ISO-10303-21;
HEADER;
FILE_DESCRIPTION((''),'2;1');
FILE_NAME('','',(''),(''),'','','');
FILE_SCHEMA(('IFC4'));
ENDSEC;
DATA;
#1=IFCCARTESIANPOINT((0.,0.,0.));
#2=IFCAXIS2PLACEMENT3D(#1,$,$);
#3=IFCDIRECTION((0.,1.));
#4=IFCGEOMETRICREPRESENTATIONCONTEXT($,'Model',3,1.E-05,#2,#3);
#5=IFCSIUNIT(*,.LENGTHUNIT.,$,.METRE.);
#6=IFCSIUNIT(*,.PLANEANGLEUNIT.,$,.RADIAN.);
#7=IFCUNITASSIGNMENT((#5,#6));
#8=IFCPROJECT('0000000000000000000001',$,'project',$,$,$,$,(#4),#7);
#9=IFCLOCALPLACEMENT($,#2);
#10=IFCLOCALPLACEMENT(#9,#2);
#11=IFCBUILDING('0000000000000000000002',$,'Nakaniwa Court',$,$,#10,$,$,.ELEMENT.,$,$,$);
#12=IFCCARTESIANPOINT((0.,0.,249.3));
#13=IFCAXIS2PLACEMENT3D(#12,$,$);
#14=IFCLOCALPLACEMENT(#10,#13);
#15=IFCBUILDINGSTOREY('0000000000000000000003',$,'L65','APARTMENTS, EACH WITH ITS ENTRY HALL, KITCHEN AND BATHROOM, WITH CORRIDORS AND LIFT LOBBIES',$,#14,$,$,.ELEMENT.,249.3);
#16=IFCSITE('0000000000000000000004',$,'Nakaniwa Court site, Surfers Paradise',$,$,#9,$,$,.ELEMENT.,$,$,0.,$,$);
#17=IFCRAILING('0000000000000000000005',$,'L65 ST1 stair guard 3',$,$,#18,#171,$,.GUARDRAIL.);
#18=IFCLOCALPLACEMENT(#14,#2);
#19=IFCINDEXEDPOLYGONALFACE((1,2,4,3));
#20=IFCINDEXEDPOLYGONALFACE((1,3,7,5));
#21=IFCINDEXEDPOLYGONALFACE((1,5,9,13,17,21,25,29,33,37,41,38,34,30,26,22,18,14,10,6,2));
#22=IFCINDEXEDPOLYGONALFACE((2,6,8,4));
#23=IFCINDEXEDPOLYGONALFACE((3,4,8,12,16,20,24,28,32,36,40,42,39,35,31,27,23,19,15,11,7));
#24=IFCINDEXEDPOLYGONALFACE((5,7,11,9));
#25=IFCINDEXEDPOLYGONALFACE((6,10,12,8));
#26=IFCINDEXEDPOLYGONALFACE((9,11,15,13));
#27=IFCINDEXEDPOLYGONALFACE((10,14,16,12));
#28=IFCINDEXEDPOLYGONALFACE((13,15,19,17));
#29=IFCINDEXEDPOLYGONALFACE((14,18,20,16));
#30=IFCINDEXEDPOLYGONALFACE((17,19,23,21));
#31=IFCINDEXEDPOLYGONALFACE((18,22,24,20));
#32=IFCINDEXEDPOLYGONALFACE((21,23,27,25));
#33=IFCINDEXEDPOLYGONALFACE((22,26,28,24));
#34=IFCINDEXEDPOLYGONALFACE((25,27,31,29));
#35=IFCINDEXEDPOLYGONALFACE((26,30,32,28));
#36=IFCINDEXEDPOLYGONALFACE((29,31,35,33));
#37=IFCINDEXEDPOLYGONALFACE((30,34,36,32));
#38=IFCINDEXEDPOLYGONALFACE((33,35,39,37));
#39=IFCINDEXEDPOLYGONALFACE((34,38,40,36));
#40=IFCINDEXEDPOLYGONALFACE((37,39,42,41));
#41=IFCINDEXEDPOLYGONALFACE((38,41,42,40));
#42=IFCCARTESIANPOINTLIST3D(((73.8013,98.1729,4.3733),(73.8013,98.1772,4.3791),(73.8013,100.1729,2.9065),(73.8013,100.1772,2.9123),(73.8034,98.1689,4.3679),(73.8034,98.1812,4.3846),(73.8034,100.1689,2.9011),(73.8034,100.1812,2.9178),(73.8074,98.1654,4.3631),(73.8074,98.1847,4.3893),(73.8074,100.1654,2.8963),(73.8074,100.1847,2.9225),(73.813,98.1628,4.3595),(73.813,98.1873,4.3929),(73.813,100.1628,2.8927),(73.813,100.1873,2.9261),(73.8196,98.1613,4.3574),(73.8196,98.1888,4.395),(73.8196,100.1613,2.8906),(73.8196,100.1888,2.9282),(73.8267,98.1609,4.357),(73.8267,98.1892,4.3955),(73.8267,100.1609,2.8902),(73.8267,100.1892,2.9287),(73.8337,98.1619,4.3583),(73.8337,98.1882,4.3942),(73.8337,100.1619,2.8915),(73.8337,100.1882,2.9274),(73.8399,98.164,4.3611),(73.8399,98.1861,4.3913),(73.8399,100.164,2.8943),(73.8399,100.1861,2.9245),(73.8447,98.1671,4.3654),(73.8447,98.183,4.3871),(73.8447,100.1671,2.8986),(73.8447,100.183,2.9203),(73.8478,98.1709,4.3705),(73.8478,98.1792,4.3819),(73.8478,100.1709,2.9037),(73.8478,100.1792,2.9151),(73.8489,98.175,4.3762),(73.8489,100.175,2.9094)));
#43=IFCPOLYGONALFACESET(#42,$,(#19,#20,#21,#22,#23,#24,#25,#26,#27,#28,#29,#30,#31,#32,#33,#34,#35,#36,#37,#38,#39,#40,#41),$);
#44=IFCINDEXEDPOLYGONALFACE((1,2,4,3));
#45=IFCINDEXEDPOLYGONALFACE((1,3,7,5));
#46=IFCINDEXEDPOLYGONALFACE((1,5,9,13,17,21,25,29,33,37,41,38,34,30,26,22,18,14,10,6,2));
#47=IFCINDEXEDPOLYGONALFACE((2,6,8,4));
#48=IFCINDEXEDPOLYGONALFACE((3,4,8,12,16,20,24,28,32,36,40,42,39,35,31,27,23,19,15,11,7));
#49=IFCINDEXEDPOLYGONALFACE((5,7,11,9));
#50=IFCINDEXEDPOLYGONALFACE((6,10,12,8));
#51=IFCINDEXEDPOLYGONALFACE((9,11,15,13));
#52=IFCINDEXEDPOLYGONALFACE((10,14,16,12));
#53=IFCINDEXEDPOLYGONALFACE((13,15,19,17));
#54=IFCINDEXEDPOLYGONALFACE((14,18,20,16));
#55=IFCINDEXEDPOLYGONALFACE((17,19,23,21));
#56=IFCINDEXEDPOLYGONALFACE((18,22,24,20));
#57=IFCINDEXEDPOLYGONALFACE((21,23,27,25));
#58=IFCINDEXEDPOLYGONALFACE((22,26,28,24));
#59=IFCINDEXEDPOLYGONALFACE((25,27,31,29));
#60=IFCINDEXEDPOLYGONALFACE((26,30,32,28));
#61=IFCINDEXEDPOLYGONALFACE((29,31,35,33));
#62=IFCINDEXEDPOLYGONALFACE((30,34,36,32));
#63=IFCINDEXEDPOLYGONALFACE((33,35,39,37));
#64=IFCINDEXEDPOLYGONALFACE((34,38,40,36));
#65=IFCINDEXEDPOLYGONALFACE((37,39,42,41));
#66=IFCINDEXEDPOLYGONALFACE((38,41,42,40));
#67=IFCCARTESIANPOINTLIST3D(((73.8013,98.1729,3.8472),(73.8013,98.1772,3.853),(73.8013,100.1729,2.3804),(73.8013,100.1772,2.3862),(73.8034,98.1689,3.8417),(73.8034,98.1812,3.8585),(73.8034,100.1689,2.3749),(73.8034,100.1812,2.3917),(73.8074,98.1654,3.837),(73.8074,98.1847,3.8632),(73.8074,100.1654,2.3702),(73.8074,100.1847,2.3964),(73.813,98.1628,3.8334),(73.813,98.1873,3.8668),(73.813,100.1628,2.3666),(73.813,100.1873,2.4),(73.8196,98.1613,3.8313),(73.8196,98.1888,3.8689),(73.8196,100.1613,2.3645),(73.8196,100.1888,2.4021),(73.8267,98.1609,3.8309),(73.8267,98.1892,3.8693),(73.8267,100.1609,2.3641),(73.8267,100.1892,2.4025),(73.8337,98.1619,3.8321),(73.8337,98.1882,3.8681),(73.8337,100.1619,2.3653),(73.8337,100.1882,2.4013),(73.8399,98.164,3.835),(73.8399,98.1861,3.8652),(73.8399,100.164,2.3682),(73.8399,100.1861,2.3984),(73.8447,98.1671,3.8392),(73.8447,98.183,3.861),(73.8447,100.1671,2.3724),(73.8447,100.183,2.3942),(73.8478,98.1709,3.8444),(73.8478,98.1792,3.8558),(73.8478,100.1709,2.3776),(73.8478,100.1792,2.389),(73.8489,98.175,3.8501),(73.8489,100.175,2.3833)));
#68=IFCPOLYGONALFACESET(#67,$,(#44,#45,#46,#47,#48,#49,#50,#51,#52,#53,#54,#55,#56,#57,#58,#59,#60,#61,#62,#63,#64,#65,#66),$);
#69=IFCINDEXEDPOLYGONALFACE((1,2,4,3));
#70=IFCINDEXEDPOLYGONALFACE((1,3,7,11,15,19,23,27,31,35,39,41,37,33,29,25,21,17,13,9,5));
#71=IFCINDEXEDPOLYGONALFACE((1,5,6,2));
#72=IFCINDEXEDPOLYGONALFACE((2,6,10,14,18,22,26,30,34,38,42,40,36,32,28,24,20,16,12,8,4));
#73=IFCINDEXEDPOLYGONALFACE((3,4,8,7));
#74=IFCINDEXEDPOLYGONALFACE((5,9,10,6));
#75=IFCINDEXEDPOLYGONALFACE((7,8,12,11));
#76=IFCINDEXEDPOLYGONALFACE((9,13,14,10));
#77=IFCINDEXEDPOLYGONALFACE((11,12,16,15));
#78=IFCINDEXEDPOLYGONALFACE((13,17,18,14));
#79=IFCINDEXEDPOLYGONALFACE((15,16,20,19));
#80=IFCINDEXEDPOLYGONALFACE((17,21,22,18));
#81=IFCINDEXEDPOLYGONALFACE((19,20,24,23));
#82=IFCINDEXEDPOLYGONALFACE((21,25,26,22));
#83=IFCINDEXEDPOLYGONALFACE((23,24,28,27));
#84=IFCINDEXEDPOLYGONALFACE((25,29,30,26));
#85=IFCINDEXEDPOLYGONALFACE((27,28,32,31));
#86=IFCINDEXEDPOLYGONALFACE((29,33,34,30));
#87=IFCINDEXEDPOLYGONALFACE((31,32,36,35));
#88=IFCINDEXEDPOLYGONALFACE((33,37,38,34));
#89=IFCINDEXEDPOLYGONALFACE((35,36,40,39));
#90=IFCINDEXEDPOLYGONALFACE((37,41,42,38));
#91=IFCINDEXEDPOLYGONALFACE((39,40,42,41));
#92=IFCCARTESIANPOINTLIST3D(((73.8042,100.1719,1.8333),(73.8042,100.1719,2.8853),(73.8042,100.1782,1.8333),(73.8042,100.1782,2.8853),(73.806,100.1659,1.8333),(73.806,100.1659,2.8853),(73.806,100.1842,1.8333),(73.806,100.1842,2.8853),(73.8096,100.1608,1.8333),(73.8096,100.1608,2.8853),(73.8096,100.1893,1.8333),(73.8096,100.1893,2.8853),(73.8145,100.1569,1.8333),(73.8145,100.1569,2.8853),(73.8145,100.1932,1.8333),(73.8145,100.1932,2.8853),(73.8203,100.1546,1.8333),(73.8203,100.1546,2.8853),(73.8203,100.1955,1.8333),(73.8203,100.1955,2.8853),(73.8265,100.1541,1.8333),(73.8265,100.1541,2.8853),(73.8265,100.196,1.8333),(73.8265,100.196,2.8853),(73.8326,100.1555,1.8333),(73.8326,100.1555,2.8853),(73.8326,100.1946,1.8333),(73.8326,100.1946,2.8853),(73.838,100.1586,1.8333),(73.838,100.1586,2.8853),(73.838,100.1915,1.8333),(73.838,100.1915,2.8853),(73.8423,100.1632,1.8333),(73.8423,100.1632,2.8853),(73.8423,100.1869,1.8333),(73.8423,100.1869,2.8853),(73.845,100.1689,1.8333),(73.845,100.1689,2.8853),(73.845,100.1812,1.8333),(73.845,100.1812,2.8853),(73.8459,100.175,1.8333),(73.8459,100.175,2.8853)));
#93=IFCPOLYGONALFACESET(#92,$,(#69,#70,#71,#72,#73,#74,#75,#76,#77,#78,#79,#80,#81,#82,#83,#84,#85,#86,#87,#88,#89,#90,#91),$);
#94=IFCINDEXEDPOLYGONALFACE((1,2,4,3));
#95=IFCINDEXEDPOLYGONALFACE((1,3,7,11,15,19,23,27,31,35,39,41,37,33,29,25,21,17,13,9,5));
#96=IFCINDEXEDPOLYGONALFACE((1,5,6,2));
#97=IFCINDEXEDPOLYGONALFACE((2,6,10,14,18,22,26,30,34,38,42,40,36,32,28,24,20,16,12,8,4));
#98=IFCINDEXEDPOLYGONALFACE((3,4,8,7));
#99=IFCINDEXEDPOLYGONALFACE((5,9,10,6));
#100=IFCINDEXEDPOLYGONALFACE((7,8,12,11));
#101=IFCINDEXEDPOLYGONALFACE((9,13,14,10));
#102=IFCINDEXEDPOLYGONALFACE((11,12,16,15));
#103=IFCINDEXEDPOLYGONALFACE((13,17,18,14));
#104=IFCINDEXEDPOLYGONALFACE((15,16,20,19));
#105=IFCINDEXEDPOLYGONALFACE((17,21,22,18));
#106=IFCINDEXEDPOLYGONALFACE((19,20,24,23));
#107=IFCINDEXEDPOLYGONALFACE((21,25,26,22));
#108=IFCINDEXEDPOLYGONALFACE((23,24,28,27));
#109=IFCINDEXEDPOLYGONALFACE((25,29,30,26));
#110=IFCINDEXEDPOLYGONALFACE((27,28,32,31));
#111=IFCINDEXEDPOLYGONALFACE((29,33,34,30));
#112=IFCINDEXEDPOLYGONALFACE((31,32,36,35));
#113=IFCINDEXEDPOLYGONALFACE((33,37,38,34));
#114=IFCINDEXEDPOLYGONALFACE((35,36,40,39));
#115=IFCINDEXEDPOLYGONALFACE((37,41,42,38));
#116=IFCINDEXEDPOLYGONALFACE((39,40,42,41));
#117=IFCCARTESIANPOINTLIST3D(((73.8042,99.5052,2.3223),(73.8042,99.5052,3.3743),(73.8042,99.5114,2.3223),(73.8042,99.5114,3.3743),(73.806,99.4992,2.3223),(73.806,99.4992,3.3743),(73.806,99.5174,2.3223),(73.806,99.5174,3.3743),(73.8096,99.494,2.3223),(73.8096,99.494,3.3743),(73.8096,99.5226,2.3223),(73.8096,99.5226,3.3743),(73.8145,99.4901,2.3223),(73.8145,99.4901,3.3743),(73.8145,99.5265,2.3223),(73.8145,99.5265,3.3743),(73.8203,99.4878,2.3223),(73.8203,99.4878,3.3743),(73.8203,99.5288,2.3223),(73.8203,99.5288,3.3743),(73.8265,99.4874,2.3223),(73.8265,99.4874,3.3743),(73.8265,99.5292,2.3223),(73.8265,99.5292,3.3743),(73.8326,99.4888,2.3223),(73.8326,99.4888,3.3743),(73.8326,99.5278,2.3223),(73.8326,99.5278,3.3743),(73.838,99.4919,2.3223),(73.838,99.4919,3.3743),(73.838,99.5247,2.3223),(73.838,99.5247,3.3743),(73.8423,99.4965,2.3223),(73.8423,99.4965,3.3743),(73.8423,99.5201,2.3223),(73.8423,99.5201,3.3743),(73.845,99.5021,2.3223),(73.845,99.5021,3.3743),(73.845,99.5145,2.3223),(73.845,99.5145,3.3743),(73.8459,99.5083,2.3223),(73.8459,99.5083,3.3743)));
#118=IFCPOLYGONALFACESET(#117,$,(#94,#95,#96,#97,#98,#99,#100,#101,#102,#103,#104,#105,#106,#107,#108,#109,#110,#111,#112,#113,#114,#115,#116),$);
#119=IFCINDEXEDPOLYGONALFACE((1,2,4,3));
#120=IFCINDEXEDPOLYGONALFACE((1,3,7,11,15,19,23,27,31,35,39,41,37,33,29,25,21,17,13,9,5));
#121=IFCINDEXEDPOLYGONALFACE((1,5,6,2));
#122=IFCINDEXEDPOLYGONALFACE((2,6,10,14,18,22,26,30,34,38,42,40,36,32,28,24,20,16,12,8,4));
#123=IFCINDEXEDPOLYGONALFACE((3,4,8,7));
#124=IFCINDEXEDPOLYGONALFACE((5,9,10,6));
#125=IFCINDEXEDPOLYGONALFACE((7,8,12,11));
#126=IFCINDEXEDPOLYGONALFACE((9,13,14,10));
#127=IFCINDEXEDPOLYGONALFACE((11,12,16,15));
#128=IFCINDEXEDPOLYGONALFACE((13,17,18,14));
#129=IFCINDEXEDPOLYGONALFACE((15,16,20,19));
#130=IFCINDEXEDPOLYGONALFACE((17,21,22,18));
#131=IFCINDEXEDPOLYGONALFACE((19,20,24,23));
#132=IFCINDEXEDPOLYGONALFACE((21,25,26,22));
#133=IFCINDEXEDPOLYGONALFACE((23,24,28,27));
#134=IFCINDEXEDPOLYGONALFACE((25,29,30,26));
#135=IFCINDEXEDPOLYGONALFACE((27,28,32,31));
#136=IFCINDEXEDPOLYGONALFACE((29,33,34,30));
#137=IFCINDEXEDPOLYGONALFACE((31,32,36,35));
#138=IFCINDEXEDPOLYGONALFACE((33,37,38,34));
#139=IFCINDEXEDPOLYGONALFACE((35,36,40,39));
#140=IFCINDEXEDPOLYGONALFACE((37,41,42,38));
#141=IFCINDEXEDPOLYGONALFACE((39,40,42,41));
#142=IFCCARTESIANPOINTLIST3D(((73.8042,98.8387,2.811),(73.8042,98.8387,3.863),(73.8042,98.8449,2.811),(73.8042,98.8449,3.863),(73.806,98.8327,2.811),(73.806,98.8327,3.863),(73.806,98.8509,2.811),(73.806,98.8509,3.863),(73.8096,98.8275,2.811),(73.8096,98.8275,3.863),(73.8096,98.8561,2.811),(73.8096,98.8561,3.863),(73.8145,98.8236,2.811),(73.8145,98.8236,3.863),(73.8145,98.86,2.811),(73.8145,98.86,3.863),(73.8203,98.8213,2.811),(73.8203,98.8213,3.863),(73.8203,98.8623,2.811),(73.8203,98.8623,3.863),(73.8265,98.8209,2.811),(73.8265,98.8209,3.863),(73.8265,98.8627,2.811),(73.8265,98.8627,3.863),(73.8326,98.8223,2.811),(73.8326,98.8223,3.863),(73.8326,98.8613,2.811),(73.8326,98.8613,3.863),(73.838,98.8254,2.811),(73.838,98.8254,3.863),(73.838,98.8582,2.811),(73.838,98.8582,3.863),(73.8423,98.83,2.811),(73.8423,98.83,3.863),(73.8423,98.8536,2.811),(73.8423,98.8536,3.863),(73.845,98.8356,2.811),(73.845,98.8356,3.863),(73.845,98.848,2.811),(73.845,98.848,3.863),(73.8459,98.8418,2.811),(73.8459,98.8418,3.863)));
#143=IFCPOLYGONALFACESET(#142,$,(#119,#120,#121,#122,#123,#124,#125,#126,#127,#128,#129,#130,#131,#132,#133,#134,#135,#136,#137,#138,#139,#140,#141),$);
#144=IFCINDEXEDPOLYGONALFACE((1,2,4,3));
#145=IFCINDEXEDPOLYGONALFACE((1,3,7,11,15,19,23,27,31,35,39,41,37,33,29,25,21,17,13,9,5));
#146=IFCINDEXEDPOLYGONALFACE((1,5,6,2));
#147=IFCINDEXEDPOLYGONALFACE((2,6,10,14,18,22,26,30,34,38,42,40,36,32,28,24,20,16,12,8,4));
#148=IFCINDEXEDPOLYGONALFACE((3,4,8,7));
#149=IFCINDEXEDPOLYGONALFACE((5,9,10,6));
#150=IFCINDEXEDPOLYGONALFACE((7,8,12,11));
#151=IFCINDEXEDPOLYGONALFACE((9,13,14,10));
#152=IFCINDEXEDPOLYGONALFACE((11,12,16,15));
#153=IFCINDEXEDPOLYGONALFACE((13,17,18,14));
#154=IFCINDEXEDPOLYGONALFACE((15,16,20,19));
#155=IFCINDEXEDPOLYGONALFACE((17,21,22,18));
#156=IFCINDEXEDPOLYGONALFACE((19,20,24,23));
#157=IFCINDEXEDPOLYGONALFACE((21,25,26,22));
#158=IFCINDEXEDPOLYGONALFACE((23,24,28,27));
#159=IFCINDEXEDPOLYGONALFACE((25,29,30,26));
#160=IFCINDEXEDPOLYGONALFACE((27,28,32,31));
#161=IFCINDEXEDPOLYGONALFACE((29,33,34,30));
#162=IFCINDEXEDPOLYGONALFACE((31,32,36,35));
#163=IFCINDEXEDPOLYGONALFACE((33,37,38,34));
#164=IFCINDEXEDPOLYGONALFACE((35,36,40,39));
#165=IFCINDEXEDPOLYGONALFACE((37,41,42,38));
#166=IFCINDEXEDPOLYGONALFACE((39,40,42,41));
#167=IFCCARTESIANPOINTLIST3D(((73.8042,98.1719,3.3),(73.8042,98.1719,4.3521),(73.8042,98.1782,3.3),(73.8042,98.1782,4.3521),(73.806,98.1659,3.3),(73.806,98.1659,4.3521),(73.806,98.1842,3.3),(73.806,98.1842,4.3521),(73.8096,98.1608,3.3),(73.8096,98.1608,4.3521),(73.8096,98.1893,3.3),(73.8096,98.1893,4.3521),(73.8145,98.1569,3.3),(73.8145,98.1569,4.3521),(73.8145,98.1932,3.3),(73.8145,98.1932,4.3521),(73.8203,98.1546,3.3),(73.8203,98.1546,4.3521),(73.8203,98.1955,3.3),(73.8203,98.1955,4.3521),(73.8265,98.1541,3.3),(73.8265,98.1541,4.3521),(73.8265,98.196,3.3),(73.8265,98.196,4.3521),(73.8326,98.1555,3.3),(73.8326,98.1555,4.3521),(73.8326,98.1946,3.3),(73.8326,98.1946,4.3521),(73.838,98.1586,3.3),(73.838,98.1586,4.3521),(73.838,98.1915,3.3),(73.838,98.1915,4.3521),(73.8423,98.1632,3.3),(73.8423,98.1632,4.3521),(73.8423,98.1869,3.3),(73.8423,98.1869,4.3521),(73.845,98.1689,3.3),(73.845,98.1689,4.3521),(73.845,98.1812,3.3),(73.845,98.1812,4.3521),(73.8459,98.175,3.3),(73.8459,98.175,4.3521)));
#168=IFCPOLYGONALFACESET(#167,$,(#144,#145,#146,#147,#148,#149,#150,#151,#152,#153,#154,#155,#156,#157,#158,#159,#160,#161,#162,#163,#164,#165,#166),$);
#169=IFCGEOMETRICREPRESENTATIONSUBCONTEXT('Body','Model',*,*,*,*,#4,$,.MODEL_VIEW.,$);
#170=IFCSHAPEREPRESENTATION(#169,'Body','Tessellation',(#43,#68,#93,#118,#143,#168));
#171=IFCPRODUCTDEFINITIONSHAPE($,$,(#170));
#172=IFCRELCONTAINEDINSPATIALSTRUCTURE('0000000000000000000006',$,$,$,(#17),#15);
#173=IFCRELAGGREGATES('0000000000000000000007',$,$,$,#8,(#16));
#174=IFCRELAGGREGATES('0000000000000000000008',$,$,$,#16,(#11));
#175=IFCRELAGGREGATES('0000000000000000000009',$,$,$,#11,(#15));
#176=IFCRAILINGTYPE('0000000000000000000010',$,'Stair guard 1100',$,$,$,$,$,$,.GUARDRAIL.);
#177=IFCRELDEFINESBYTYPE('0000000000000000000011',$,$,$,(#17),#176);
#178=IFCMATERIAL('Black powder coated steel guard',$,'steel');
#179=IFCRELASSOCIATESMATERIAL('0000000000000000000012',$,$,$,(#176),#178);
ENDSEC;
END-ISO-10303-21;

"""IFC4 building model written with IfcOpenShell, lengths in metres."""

from ifc_helpers import new_model, si_unit, direction, frame, origin, origin_2d, place, context, subcontext, project, spatial, circle, extrude, material, type_object, element, save


model = new_model("IFC4")

# Units and contexts
model_context = context("Model", 3, precision=1e-05, world=origin(), true_north=direction((0.0, 1.0)))
body_context = subcontext(model_context, "Body", "Model", "MODEL_VIEW")
ifc_project = project(units=[si_unit("LENGTHUNIT", "METRE"), si_unit("PLANEANGLEUNIT", "RADIAN")], contexts=[model_context])

# Site, building, storey
site_placement = place(None, origin())
site = spatial("IfcSite", under=ifc_project, at=site_placement, Name="Nakaniwa Court site, Surfers Paradise", CompositionType="ELEMENT", RefElevation=0.0)
building_placement = place(site_placement, origin())
building = spatial("IfcBuilding", under=site, at=building_placement, Name="Nakaniwa Court", CompositionType="ELEMENT")
storey_placement = place(building_placement, frame((0.0, 0.0, 249.3)))
storey = spatial("IfcBuildingStorey", under=building, at=storey_placement, Name="L65", Description="APARTMENTS, EACH WITH ITS ENTRY HALL, KITCHEN AND BATHROOM, WITH CORRIDORS AND LIFT LOBBIES", CompositionType="ELEMENT", Elevation=249.3)

# Railing
ifc_material_1 = material(Name="Black powder coated steel guard", Category="steel")
railing_type_1 = type_object("IfcRailingType", Name="Stair guard 1100", PredefinedType="GUARDRAIL", material=ifc_material_1)
railing_1_placement = place(storey_placement, frame((73.825, 100.175, 1.8333)))
element("IfcRailing", 1, at=railing_1_placement, inside=storey, type_object=railing_type_1, Name="L65 ST1 stair guard 3", PredefinedType="GUARDRAIL", context=body_context, shape_type="SweptSolid", body=[
    extrude(circle(Radius=0.0239, at=origin_2d()), frame((0.0, 0.0, 1.0762), z_axis=(0.0, -0.80638, 0.591398), x_axis=(1.0, 0.0, 0.0)), (0.0, 0.0, 1.0), 2.4802),
    extrude(circle(Radius=0.0239, at=origin_2d()), frame((0.0, 0.0, 0.55), z_axis=(0.0, -0.80638, 0.591398), x_axis=(1.0, 0.0, 0.0)), (0.0, 0.0, 1.0), 2.4802),
    extrude(circle(Radius=0.021, at=origin_2d()), origin(), (0.0, 0.0, 1.0), 1.052),
    extrude(circle(Radius=0.021, at=origin_2d()), frame((0.0, -0.6667, 0.489)), (0.0, 0.0, 1.0), 1.052),
    extrude(circle(Radius=0.021, at=origin_2d()), frame((0.0, -1.3333, 0.9778)), (0.0, 0.0, 1.0), 1.052),
    extrude(circle(Radius=0.021, at=origin_2d()), frame((0.0, -2.0, 1.4668)), (0.0, 0.0, 1.0), 1.052),
])

save(model, "model.ifc")
